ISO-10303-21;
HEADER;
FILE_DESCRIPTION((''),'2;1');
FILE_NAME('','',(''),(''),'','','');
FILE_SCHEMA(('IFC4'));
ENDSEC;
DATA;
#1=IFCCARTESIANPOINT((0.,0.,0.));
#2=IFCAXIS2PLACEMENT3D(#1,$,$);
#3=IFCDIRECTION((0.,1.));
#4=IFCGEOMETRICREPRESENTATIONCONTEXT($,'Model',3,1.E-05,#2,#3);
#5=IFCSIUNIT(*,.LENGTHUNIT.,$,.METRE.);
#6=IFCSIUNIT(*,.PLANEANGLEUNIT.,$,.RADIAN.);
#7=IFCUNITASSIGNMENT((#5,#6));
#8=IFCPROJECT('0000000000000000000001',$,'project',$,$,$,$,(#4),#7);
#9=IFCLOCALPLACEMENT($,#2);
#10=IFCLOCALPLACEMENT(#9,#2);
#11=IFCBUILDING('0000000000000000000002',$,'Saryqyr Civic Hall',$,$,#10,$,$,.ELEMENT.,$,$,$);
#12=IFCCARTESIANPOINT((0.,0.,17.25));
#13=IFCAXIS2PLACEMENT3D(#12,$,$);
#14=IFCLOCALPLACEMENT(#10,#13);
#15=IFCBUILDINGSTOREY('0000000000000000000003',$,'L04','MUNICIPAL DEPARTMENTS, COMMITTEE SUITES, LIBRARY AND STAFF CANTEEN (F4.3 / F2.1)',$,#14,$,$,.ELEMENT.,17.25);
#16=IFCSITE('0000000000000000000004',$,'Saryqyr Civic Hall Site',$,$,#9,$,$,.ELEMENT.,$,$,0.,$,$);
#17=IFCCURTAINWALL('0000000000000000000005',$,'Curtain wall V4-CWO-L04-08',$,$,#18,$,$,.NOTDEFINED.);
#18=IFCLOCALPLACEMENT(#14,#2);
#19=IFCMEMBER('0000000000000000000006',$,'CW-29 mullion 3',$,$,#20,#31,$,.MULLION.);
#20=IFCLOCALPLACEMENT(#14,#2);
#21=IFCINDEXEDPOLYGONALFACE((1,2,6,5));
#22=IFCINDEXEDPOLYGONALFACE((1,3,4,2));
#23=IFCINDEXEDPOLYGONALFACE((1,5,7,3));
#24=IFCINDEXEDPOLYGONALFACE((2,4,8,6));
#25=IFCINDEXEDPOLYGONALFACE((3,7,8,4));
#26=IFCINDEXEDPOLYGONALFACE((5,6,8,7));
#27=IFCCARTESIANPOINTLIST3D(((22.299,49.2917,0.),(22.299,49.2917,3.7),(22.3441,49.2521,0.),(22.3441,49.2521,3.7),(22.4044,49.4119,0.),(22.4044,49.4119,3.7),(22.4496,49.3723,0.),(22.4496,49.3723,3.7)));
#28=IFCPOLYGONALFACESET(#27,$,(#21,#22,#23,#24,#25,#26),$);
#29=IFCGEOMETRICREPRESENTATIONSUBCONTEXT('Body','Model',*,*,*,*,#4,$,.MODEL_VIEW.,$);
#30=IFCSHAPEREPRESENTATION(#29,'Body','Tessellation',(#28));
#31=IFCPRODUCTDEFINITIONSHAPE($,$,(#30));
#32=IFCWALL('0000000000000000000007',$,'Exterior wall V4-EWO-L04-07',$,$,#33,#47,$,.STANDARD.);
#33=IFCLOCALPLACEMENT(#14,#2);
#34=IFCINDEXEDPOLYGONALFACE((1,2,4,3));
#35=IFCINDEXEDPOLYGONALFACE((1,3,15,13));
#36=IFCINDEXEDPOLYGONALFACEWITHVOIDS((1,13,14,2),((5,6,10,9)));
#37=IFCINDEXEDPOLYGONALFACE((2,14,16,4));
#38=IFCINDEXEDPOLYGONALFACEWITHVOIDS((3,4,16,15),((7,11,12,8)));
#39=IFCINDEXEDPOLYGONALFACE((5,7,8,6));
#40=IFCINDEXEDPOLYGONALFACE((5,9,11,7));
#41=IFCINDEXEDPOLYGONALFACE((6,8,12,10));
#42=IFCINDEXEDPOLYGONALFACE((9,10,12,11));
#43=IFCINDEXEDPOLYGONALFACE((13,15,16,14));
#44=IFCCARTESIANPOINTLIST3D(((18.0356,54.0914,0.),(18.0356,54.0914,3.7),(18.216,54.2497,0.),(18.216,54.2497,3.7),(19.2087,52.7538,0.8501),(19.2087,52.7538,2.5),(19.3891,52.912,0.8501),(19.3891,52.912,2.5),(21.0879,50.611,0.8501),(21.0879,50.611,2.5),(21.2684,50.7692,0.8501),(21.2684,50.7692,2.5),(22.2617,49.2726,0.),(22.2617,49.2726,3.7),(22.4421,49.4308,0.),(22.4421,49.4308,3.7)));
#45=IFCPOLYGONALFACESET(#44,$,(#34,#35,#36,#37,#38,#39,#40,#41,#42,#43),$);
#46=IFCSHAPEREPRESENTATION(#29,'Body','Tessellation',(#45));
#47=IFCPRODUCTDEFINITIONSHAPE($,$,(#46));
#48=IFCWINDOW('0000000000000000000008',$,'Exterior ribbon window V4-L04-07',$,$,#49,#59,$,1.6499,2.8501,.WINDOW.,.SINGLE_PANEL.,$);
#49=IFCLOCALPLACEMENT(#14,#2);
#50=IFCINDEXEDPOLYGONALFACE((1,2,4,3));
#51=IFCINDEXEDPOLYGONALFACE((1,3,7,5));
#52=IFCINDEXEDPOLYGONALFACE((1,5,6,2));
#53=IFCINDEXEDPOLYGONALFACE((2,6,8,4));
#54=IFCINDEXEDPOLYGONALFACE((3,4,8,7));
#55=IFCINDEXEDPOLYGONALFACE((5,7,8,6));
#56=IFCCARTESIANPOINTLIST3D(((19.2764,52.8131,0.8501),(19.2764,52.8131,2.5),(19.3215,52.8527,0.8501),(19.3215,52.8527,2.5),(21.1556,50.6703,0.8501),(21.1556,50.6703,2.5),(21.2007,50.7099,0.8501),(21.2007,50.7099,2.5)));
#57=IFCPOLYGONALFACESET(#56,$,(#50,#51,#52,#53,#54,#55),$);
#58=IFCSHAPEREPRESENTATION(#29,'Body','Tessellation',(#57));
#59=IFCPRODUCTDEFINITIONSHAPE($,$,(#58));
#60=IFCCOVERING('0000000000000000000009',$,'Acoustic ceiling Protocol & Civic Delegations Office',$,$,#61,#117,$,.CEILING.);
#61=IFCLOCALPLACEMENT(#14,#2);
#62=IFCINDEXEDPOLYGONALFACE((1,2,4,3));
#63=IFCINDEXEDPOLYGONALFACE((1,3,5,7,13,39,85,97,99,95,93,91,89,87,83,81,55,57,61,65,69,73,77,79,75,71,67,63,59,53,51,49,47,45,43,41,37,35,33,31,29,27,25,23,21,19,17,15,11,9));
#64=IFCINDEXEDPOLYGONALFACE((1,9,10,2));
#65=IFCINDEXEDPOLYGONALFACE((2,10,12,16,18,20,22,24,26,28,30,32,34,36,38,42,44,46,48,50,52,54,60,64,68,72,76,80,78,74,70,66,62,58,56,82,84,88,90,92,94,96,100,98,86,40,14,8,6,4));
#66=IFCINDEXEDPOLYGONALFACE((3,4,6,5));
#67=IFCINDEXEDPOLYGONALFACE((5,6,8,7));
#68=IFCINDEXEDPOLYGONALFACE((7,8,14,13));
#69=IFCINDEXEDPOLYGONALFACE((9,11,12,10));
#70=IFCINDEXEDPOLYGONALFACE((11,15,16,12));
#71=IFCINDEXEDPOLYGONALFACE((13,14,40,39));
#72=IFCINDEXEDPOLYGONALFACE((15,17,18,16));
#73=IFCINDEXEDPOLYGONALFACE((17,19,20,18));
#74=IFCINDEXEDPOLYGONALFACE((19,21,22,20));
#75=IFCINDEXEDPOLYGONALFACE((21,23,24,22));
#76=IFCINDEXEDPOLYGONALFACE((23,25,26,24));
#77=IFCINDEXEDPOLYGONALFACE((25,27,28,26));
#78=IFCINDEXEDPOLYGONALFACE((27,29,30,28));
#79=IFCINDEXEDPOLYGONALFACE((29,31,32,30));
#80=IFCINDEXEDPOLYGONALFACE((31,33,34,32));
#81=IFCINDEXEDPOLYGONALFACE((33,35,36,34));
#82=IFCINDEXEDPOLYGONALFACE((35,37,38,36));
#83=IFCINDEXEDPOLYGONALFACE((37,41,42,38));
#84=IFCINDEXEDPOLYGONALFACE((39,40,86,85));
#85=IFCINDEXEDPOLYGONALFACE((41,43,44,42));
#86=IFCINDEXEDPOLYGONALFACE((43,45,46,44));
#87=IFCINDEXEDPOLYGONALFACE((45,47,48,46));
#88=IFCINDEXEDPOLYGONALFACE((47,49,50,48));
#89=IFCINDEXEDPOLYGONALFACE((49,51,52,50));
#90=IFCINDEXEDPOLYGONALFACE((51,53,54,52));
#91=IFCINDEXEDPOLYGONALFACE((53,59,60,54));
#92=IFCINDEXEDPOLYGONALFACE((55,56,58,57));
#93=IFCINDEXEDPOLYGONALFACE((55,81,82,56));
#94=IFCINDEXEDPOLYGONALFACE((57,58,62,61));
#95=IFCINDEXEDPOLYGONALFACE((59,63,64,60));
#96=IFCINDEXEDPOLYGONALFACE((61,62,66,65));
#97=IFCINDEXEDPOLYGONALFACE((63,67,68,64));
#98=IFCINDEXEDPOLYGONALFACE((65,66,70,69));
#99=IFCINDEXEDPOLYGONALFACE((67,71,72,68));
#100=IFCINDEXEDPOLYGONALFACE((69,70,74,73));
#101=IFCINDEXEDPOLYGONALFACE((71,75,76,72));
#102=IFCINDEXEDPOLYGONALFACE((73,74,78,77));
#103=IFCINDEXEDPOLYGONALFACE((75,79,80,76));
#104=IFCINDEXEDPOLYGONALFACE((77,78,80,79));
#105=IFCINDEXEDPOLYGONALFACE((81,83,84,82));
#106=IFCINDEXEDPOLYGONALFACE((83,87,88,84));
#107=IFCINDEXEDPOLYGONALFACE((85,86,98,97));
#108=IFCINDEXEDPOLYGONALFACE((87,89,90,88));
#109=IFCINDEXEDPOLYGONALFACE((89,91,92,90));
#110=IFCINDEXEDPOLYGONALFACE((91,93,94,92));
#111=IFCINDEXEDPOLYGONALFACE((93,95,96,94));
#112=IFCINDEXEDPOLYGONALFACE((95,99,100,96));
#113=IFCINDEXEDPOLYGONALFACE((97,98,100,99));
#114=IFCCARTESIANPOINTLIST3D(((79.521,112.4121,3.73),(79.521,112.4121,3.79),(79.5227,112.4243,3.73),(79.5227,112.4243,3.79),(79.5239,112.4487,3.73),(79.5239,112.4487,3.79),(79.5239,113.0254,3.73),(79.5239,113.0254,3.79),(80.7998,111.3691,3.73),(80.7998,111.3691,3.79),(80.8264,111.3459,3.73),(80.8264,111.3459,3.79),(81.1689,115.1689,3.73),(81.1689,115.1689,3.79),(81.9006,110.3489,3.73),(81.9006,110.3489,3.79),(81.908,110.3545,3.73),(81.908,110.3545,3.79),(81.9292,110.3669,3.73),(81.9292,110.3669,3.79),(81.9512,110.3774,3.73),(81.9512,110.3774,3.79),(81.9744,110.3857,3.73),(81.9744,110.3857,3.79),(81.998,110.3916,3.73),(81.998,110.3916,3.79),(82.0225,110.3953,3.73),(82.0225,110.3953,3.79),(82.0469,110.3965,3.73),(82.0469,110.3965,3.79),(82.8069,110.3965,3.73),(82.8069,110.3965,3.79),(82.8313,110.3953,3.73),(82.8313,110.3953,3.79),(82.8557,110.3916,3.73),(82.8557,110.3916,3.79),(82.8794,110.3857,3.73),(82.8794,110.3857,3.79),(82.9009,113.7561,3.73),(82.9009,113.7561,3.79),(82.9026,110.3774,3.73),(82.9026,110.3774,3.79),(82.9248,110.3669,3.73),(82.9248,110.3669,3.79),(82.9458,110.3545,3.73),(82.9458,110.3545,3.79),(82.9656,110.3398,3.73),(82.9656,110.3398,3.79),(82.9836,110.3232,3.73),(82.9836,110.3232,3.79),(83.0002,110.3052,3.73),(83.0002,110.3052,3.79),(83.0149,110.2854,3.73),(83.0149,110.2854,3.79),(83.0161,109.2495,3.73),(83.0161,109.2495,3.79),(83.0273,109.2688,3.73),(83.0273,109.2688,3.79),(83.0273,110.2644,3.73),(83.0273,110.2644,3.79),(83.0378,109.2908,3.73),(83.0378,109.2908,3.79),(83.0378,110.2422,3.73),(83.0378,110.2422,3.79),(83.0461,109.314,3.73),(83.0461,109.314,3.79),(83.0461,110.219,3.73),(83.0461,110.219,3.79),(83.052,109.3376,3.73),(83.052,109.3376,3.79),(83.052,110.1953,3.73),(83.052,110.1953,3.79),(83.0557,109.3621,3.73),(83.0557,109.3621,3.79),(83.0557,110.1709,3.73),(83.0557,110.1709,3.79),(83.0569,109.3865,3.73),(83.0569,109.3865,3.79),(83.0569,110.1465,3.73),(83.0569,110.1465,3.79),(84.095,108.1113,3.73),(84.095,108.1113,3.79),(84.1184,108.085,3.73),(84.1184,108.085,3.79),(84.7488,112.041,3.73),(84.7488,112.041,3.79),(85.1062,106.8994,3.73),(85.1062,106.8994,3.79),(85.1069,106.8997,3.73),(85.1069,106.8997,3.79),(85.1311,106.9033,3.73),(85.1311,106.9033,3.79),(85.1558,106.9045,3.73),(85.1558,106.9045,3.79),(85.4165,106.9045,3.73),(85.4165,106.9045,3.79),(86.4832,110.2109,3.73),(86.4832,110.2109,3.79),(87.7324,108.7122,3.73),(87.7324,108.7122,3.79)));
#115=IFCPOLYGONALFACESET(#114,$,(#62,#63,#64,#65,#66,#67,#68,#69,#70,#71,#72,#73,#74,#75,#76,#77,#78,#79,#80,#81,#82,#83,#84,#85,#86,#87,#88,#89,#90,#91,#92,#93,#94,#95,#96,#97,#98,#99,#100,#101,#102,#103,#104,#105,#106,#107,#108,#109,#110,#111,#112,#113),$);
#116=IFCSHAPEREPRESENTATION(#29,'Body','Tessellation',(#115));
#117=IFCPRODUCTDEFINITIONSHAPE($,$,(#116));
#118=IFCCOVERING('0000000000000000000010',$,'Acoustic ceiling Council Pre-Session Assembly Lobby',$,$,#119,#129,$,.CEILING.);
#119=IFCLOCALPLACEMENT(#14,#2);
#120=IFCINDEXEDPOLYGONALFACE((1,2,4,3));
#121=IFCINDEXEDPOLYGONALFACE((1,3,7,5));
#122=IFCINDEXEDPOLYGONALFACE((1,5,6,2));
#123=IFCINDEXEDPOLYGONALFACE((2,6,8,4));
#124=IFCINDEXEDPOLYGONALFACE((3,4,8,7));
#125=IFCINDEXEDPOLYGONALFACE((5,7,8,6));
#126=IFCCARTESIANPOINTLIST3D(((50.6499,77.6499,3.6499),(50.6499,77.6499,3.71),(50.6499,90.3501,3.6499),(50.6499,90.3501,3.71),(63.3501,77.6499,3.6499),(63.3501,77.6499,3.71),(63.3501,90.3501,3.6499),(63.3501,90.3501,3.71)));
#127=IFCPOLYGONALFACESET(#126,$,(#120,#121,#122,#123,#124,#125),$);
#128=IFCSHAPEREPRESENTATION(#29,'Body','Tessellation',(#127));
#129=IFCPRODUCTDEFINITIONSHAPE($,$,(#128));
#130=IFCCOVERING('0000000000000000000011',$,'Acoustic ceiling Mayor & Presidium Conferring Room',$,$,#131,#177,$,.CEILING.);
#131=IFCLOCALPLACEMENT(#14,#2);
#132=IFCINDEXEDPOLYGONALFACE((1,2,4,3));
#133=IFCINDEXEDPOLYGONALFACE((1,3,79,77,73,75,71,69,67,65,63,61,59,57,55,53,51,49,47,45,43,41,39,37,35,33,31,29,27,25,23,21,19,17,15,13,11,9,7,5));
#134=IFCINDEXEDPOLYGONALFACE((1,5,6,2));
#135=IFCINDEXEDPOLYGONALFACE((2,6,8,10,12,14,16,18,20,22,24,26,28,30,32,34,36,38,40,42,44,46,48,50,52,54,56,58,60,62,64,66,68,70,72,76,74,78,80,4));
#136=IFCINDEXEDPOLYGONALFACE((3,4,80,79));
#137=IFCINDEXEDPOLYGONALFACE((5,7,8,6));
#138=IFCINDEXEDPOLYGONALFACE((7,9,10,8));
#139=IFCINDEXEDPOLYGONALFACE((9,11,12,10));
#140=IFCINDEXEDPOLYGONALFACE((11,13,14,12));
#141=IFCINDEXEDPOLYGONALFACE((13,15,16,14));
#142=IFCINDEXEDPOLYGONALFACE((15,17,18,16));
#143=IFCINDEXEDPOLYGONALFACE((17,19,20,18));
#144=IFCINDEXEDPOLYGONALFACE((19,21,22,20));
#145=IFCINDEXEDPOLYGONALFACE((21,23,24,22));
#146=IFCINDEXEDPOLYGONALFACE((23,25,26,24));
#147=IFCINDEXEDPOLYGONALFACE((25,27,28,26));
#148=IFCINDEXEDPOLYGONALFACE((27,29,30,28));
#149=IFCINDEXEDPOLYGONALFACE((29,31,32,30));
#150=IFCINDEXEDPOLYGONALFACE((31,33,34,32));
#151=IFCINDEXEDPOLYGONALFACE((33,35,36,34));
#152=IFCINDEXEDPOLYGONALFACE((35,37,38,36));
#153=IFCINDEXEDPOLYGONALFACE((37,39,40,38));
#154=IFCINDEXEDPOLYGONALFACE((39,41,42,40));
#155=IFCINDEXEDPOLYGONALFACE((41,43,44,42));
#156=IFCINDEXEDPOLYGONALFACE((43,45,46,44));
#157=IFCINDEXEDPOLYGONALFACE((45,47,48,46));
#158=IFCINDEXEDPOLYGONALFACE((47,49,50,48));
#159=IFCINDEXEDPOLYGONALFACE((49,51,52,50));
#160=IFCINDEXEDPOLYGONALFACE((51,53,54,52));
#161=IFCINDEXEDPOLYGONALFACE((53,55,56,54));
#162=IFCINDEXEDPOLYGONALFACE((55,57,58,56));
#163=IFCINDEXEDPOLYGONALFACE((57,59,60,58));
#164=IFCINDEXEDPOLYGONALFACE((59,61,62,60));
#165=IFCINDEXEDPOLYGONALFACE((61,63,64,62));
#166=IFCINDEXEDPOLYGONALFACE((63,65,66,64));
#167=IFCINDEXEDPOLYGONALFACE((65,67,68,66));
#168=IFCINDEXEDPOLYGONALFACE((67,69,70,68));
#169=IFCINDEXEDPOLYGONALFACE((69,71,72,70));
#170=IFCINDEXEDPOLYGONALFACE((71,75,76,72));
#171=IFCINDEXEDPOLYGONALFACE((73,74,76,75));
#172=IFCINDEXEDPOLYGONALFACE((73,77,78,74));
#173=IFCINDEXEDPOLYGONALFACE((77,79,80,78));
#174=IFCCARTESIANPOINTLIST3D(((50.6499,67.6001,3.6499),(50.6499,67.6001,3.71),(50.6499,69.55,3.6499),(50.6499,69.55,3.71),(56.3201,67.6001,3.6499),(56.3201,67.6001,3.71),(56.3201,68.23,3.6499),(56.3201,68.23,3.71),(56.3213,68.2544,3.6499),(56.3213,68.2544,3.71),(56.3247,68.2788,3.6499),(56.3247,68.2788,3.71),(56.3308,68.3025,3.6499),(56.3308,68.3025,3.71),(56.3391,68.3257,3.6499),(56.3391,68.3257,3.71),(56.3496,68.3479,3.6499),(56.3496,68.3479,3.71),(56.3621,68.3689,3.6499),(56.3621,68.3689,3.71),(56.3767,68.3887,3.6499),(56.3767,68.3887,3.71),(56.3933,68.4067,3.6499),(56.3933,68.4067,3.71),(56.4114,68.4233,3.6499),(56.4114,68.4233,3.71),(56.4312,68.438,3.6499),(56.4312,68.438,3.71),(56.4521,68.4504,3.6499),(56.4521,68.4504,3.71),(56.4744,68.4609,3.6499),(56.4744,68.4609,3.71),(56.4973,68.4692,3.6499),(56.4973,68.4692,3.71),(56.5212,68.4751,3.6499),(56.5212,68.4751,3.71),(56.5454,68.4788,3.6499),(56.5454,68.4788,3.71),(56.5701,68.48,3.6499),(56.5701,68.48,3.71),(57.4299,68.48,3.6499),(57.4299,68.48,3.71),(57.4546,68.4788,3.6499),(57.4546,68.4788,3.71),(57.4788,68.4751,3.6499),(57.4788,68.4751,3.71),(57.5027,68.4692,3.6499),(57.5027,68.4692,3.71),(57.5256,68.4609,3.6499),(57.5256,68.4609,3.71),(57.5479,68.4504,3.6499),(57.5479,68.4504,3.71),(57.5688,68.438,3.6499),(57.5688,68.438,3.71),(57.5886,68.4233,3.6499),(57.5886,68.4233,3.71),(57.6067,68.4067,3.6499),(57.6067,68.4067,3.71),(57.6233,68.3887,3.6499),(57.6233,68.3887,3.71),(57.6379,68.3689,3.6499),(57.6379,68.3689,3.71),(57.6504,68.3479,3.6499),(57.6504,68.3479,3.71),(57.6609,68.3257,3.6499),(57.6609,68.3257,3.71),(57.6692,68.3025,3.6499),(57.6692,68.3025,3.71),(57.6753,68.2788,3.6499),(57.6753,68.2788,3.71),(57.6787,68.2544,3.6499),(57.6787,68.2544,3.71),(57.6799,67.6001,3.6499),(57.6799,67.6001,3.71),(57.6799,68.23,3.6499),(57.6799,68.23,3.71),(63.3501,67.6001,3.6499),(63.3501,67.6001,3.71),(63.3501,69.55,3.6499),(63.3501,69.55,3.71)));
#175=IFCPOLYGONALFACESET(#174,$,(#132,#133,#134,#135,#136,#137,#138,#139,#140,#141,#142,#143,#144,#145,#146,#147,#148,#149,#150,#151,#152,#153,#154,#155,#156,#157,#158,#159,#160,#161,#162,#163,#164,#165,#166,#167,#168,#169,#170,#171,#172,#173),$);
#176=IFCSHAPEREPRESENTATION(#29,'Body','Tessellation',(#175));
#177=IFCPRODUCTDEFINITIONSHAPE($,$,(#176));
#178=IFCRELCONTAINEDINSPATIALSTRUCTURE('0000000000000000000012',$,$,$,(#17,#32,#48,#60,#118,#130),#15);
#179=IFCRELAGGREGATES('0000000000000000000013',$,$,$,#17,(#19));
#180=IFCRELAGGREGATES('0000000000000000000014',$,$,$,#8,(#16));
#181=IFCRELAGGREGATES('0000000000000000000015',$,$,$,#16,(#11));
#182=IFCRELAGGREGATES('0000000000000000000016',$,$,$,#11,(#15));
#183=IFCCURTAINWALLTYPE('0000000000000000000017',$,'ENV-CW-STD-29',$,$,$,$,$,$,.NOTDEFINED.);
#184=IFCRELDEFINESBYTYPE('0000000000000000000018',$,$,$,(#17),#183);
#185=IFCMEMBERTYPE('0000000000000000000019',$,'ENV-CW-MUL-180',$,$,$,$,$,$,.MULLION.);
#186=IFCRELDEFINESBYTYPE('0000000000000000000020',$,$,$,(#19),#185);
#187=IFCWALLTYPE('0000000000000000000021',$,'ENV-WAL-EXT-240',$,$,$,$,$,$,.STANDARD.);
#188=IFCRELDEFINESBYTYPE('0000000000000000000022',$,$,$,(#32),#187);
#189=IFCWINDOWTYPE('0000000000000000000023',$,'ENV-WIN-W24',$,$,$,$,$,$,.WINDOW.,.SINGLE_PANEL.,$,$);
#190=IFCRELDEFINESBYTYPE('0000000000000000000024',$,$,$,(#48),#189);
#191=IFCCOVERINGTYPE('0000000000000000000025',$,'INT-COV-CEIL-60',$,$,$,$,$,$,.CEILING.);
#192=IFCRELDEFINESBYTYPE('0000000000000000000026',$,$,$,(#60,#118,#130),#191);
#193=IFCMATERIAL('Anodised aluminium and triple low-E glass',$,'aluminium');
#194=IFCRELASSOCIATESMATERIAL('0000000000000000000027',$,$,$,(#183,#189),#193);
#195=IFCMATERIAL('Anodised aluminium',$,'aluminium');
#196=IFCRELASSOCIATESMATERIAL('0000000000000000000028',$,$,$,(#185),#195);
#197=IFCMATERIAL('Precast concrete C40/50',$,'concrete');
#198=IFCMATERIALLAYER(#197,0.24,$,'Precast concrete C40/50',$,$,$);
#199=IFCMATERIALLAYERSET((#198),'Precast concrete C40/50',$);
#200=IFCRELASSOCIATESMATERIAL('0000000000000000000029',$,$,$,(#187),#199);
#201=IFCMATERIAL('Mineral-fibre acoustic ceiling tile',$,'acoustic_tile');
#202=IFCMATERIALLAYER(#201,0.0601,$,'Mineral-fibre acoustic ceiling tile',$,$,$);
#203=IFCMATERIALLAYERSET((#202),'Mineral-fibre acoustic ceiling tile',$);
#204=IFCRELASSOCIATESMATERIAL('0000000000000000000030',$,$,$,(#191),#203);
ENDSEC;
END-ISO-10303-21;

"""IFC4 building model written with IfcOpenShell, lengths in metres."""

from ifc_helpers import new_model, si_unit, direction, frame, frame_2d, origin, origin_2d, place, context, subcontext, project, spatial, polyline, rectangle, outline, extrude, material, layer, layer_set, material_profile, profile_set, type_object, element, fill, aggregate, save


model = new_model("IFC4")

# Units and contexts
model_context = context("Model", 3, precision=1e-05, world=origin(), true_north=direction((0.0, 1.0)))
body_context = subcontext(model_context, "Body", "Model", "MODEL_VIEW")
ifc_project = project(units=[si_unit("LENGTHUNIT", "METRE"), si_unit("PLANEANGLEUNIT", "RADIAN")], contexts=[model_context])

# Site, building, storey
site_placement = place(None, origin())
site = spatial("IfcSite", under=ifc_project, at=site_placement, Name="Saryqyr Civic Hall Site", CompositionType="ELEMENT", RefElevation=0.0)
building_placement = place(site_placement, origin())
building = spatial("IfcBuilding", under=site, at=building_placement, Name="Saryqyr Civic Hall", CompositionType="ELEMENT")
storey_placement = place(building_placement, frame((0.0, 0.0, 17.25)))
storey = spatial("IfcBuildingStorey", under=building, at=storey_placement, Name="L04", Description="MUNICIPAL DEPARTMENTS, COMMITTEE SUITES, LIBRARY AND STAFF CANTEEN (F4.3 / F2.1)", CompositionType="ELEMENT", Elevation=17.25)

# Curtain wall, member
ifc_material_1 = material(Name="Anodised aluminium and triple low-E glass", Category="aluminium")
curtain_wall_type = type_object("IfcCurtainWallType", Name="ENV-CW-STD-29", PredefinedType="NOTDEFINED", material=ifc_material_1)
curtain_wall_placement = place(storey_placement, origin())
curtain_wall = element("IfcCurtainWall", 1, at=curtain_wall_placement, inside=storey, type_object=curtain_wall_type, Name="Curtain wall V4-CWO-L04-08", PredefinedType="NOTDEFINED")
ifc_material_2 = material(Name="Anodised aluminium", Category="aluminium")
ifc_material_profile = material_profile(ifc_material_2, rectangle(XDim=0.0601, YDim=0.1599, at=origin_2d()), Name="ALU MULLION 60x160")
ifc_profile_set = profile_set([ifc_material_profile], Name="Anodised aluminium")
member_type = type_object("IfcMemberType", Name="ENV-CW-MUL-180", PredefinedType="MULLION", material=ifc_profile_set)
member_placement = place(storey_placement, frame((22.3743, 49.332, 0.0), z_axis=(0.0, 0.0, 1.0), x_axis=(-0.751839, 0.659347, 0.0)))
member = element("IfcMember", 2, at=member_placement, type_object=member_type, Name="CW-29 mullion 3", PredefinedType="MULLION", context=body_context, shape_type="SweptSolid", body=[
    extrude(rectangle(XDim=0.0601, YDim=0.1599, at=origin_2d()), origin(), (0.0, 0.0, 1.0), 3.7),
])
aggregate(curtain_wall, [member])

# Wall, opening, window
ifc_material_3 = material(Name="Precast concrete C40/50", Category="concrete")
ifc_layer_1 = layer(ifc_material_3, 0.24, Name="Precast concrete C40/50")
ifc_layer_set_1 = layer_set([ifc_layer_1], Name="Precast concrete C40/50")
wall_type = type_object("IfcWallType", Name="ENV-WAL-EXT-240", PredefinedType="STANDARD", material=ifc_layer_set_1)
wall_placement = place(storey_placement, frame((22.3518, 49.3518, 0.0), z_axis=(0.0, 0.0, 1.0), x_axis=(-0.659351, 0.751835, 0.0)))
wall = element("IfcWall", 3, at=wall_placement, inside=storey, type_object=wall_type, Name="Exterior wall V4-EWO-L04-07", PredefinedType="STANDARD", context=body_context, shape_type="SweptSolid", body=[
    extrude(rectangle(XDim=6.4094, YDim=0.24, at=frame_2d((3.2046, 0.0))), origin(), (0.0, 0.0, 1.0), 3.7),
])
opening_placement = place(wall_placement, frame((1.78, 0.0, 0.8501)))
opening = element("IfcOpeningElement", 4, at=opening_placement, cuts=wall, PredefinedType="OPENING", context=body_context, shape_type="SweptSolid", body=[
    extrude(rectangle(XDim=2.8501, YDim=1.6499, at=frame_2d((1.425, 0.825))), frame((0.0, 0.1299, 0.0), z_axis=(0.0, -1.0, 0.0), x_axis=(1.0, 0.0, 0.0)), (0.0, 0.0, 1.0), 0.26),
])
window_type = type_object("IfcWindowType", Name="ENV-WIN-W24", PartitioningType="SINGLE_PANEL", PredefinedType="WINDOW", material=ifc_material_1)
window_placement = place(opening_placement, origin())
window = element("IfcWindow", 5, at=window_placement, inside=storey, type_object=window_type, Name="Exterior ribbon window V4-L04-07", OverallHeight=1.6499, OverallWidth=2.8501, PartitioningType="SINGLE_PANEL", PredefinedType="WINDOW", context=body_context, shape_type="SweptSolid", body=[
    extrude(rectangle(XDim=2.8501, YDim=1.6499, at=frame_2d((1.425, 0.825))), frame((0.0, 0.03, 0.0), z_axis=(0.0, -1.0, 0.0), x_axis=(1.0, 0.0, 0.0)), (0.0, 0.0, 1.0), 0.0601),
])
fill(opening, window)

# Coverings
ifc_material_4 = material(Name="Mineral-fibre acoustic ceiling tile", Category="acoustic_tile")
ifc_layer_2 = layer(ifc_material_4, 0.0601, Name="Mineral-fibre acoustic ceiling tile")
ifc_layer_set_2 = layer_set([ifc_layer_2], Name="Mineral-fibre acoustic ceiling tile")
covering_type_1 = type_object("IfcCoveringType", Name="INT-COV-CEIL-60", PredefinedType="CEILING", material=ifc_layer_set_2)
covering_1_placement = place(storey_placement, frame((0.0, 0.0, 3.73)))
element("IfcCovering", 6, at=covering_1_placement, inside=storey, type_object=covering_type_1, Name="Acoustic ceiling Protocol & Civic Delegations Office", PredefinedType="CEILING", context=body_context, shape_type="SweptSolid", body=[
    extrude(outline(polyline([(83.0273, 109.2688), (83.0378, 109.2908), (83.0461, 109.314), (83.052, 109.3376), (83.0557, 109.3621), (83.0569, 109.3865), (83.0569, 110.1465), (83.0557, 110.1709), (83.052, 110.1953), (83.0461, 110.219), (83.0378, 110.2422), (83.0273, 110.2644), (83.0149, 110.2854), (83.0002, 110.3052), (82.9836, 110.3232), (82.9656, 110.3398), (82.9458, 110.3545), (82.9248, 110.3669), (82.9026, 110.3774), (82.8794, 110.3857), (82.8557, 110.3916), (82.8313, 110.3953), (82.8069, 110.3965), (82.0469, 110.3965), (82.0225, 110.3953), (81.998, 110.3916), (81.9744, 110.3857), (81.9512, 110.3774), (81.9292, 110.3669), (81.908, 110.3545), (81.9006, 110.3489), (80.8264, 111.3459), (80.7998, 111.3691), (79.521, 112.4121), (79.5227, 112.4243), (79.5239, 112.4487), (79.5239, 113.0254), (81.1689, 115.1689), (82.9009, 113.7561), (84.7488, 112.041), (86.4832, 110.2109), (87.7324, 108.7122), (85.4165, 106.9045), (85.1558, 106.9045), (85.1311, 106.9033), (85.1069, 106.8997), (85.1062, 106.8994), (84.1184, 108.085), (84.095, 108.1113), (83.0161, 109.2495), (83.0273, 109.2688)])), origin(), (0.0, 0.0, 1.0), 0.0601),
])
covering_2_placement = place(storey_placement, frame((0.0, 0.0, 3.6499)))
element("IfcCovering", 7, at=covering_2_placement, inside=storey, type_object=covering_type_1, Name="Acoustic ceiling Council Pre-Session Assembly Lobby", PredefinedType="CEILING", context=body_context, shape_type="SweptSolid", body=[
    extrude(outline(polyline([(50.6499, 77.6499), (50.6499, 90.3501), (63.3501, 90.3501), (63.3501, 77.6499), (50.6499, 77.6499)])), origin(), (0.0, 0.0, 1.0), 0.0601),
])
covering_3_placement = place(storey_placement, frame((0.0, 0.0, 3.6499)))
element("IfcCovering", 8, at=covering_3_placement, inside=storey, type_object=covering_type_1, Name="Acoustic ceiling Mayor & Presidium Conferring Room", PredefinedType="CEILING", context=body_context, shape_type="SweptSolid", body=[
    extrude(outline(polyline([(50.6499, 69.55), (63.3501, 69.55), (63.3501, 67.6001), (57.6799, 67.6001), (57.6799, 68.23), (57.6787, 68.2544), (57.6753, 68.2788), (57.6692, 68.3025), (57.6609, 68.3257), (57.6504, 68.3479), (57.6379, 68.3689), (57.6233, 68.3887), (57.6067, 68.4067), (57.5886, 68.4233), (57.5688, 68.438), (57.5479, 68.4504), (57.5256, 68.4609), (57.5027, 68.4692), (57.4788, 68.4751), (57.4546, 68.4788), (57.4299, 68.48), (56.5701, 68.48), (56.5454, 68.4788), (56.5212, 68.4751), (56.4973, 68.4692), (56.4744, 68.4609), (56.4521, 68.4504), (56.4312, 68.438), (56.4114, 68.4233), (56.3933, 68.4067), (56.3767, 68.3887), (56.3621, 68.3689), (56.3496, 68.3479), (56.3391, 68.3257), (56.3308, 68.3025), (56.3247, 68.2788), (56.3213, 68.2544), (56.3201, 68.23), (56.3201, 67.6001), (50.6499, 67.6001), (50.6499, 69.55)])), origin(), (0.0, 0.0, 1.0), 0.0601),
])

save(model, "model.ifc")
